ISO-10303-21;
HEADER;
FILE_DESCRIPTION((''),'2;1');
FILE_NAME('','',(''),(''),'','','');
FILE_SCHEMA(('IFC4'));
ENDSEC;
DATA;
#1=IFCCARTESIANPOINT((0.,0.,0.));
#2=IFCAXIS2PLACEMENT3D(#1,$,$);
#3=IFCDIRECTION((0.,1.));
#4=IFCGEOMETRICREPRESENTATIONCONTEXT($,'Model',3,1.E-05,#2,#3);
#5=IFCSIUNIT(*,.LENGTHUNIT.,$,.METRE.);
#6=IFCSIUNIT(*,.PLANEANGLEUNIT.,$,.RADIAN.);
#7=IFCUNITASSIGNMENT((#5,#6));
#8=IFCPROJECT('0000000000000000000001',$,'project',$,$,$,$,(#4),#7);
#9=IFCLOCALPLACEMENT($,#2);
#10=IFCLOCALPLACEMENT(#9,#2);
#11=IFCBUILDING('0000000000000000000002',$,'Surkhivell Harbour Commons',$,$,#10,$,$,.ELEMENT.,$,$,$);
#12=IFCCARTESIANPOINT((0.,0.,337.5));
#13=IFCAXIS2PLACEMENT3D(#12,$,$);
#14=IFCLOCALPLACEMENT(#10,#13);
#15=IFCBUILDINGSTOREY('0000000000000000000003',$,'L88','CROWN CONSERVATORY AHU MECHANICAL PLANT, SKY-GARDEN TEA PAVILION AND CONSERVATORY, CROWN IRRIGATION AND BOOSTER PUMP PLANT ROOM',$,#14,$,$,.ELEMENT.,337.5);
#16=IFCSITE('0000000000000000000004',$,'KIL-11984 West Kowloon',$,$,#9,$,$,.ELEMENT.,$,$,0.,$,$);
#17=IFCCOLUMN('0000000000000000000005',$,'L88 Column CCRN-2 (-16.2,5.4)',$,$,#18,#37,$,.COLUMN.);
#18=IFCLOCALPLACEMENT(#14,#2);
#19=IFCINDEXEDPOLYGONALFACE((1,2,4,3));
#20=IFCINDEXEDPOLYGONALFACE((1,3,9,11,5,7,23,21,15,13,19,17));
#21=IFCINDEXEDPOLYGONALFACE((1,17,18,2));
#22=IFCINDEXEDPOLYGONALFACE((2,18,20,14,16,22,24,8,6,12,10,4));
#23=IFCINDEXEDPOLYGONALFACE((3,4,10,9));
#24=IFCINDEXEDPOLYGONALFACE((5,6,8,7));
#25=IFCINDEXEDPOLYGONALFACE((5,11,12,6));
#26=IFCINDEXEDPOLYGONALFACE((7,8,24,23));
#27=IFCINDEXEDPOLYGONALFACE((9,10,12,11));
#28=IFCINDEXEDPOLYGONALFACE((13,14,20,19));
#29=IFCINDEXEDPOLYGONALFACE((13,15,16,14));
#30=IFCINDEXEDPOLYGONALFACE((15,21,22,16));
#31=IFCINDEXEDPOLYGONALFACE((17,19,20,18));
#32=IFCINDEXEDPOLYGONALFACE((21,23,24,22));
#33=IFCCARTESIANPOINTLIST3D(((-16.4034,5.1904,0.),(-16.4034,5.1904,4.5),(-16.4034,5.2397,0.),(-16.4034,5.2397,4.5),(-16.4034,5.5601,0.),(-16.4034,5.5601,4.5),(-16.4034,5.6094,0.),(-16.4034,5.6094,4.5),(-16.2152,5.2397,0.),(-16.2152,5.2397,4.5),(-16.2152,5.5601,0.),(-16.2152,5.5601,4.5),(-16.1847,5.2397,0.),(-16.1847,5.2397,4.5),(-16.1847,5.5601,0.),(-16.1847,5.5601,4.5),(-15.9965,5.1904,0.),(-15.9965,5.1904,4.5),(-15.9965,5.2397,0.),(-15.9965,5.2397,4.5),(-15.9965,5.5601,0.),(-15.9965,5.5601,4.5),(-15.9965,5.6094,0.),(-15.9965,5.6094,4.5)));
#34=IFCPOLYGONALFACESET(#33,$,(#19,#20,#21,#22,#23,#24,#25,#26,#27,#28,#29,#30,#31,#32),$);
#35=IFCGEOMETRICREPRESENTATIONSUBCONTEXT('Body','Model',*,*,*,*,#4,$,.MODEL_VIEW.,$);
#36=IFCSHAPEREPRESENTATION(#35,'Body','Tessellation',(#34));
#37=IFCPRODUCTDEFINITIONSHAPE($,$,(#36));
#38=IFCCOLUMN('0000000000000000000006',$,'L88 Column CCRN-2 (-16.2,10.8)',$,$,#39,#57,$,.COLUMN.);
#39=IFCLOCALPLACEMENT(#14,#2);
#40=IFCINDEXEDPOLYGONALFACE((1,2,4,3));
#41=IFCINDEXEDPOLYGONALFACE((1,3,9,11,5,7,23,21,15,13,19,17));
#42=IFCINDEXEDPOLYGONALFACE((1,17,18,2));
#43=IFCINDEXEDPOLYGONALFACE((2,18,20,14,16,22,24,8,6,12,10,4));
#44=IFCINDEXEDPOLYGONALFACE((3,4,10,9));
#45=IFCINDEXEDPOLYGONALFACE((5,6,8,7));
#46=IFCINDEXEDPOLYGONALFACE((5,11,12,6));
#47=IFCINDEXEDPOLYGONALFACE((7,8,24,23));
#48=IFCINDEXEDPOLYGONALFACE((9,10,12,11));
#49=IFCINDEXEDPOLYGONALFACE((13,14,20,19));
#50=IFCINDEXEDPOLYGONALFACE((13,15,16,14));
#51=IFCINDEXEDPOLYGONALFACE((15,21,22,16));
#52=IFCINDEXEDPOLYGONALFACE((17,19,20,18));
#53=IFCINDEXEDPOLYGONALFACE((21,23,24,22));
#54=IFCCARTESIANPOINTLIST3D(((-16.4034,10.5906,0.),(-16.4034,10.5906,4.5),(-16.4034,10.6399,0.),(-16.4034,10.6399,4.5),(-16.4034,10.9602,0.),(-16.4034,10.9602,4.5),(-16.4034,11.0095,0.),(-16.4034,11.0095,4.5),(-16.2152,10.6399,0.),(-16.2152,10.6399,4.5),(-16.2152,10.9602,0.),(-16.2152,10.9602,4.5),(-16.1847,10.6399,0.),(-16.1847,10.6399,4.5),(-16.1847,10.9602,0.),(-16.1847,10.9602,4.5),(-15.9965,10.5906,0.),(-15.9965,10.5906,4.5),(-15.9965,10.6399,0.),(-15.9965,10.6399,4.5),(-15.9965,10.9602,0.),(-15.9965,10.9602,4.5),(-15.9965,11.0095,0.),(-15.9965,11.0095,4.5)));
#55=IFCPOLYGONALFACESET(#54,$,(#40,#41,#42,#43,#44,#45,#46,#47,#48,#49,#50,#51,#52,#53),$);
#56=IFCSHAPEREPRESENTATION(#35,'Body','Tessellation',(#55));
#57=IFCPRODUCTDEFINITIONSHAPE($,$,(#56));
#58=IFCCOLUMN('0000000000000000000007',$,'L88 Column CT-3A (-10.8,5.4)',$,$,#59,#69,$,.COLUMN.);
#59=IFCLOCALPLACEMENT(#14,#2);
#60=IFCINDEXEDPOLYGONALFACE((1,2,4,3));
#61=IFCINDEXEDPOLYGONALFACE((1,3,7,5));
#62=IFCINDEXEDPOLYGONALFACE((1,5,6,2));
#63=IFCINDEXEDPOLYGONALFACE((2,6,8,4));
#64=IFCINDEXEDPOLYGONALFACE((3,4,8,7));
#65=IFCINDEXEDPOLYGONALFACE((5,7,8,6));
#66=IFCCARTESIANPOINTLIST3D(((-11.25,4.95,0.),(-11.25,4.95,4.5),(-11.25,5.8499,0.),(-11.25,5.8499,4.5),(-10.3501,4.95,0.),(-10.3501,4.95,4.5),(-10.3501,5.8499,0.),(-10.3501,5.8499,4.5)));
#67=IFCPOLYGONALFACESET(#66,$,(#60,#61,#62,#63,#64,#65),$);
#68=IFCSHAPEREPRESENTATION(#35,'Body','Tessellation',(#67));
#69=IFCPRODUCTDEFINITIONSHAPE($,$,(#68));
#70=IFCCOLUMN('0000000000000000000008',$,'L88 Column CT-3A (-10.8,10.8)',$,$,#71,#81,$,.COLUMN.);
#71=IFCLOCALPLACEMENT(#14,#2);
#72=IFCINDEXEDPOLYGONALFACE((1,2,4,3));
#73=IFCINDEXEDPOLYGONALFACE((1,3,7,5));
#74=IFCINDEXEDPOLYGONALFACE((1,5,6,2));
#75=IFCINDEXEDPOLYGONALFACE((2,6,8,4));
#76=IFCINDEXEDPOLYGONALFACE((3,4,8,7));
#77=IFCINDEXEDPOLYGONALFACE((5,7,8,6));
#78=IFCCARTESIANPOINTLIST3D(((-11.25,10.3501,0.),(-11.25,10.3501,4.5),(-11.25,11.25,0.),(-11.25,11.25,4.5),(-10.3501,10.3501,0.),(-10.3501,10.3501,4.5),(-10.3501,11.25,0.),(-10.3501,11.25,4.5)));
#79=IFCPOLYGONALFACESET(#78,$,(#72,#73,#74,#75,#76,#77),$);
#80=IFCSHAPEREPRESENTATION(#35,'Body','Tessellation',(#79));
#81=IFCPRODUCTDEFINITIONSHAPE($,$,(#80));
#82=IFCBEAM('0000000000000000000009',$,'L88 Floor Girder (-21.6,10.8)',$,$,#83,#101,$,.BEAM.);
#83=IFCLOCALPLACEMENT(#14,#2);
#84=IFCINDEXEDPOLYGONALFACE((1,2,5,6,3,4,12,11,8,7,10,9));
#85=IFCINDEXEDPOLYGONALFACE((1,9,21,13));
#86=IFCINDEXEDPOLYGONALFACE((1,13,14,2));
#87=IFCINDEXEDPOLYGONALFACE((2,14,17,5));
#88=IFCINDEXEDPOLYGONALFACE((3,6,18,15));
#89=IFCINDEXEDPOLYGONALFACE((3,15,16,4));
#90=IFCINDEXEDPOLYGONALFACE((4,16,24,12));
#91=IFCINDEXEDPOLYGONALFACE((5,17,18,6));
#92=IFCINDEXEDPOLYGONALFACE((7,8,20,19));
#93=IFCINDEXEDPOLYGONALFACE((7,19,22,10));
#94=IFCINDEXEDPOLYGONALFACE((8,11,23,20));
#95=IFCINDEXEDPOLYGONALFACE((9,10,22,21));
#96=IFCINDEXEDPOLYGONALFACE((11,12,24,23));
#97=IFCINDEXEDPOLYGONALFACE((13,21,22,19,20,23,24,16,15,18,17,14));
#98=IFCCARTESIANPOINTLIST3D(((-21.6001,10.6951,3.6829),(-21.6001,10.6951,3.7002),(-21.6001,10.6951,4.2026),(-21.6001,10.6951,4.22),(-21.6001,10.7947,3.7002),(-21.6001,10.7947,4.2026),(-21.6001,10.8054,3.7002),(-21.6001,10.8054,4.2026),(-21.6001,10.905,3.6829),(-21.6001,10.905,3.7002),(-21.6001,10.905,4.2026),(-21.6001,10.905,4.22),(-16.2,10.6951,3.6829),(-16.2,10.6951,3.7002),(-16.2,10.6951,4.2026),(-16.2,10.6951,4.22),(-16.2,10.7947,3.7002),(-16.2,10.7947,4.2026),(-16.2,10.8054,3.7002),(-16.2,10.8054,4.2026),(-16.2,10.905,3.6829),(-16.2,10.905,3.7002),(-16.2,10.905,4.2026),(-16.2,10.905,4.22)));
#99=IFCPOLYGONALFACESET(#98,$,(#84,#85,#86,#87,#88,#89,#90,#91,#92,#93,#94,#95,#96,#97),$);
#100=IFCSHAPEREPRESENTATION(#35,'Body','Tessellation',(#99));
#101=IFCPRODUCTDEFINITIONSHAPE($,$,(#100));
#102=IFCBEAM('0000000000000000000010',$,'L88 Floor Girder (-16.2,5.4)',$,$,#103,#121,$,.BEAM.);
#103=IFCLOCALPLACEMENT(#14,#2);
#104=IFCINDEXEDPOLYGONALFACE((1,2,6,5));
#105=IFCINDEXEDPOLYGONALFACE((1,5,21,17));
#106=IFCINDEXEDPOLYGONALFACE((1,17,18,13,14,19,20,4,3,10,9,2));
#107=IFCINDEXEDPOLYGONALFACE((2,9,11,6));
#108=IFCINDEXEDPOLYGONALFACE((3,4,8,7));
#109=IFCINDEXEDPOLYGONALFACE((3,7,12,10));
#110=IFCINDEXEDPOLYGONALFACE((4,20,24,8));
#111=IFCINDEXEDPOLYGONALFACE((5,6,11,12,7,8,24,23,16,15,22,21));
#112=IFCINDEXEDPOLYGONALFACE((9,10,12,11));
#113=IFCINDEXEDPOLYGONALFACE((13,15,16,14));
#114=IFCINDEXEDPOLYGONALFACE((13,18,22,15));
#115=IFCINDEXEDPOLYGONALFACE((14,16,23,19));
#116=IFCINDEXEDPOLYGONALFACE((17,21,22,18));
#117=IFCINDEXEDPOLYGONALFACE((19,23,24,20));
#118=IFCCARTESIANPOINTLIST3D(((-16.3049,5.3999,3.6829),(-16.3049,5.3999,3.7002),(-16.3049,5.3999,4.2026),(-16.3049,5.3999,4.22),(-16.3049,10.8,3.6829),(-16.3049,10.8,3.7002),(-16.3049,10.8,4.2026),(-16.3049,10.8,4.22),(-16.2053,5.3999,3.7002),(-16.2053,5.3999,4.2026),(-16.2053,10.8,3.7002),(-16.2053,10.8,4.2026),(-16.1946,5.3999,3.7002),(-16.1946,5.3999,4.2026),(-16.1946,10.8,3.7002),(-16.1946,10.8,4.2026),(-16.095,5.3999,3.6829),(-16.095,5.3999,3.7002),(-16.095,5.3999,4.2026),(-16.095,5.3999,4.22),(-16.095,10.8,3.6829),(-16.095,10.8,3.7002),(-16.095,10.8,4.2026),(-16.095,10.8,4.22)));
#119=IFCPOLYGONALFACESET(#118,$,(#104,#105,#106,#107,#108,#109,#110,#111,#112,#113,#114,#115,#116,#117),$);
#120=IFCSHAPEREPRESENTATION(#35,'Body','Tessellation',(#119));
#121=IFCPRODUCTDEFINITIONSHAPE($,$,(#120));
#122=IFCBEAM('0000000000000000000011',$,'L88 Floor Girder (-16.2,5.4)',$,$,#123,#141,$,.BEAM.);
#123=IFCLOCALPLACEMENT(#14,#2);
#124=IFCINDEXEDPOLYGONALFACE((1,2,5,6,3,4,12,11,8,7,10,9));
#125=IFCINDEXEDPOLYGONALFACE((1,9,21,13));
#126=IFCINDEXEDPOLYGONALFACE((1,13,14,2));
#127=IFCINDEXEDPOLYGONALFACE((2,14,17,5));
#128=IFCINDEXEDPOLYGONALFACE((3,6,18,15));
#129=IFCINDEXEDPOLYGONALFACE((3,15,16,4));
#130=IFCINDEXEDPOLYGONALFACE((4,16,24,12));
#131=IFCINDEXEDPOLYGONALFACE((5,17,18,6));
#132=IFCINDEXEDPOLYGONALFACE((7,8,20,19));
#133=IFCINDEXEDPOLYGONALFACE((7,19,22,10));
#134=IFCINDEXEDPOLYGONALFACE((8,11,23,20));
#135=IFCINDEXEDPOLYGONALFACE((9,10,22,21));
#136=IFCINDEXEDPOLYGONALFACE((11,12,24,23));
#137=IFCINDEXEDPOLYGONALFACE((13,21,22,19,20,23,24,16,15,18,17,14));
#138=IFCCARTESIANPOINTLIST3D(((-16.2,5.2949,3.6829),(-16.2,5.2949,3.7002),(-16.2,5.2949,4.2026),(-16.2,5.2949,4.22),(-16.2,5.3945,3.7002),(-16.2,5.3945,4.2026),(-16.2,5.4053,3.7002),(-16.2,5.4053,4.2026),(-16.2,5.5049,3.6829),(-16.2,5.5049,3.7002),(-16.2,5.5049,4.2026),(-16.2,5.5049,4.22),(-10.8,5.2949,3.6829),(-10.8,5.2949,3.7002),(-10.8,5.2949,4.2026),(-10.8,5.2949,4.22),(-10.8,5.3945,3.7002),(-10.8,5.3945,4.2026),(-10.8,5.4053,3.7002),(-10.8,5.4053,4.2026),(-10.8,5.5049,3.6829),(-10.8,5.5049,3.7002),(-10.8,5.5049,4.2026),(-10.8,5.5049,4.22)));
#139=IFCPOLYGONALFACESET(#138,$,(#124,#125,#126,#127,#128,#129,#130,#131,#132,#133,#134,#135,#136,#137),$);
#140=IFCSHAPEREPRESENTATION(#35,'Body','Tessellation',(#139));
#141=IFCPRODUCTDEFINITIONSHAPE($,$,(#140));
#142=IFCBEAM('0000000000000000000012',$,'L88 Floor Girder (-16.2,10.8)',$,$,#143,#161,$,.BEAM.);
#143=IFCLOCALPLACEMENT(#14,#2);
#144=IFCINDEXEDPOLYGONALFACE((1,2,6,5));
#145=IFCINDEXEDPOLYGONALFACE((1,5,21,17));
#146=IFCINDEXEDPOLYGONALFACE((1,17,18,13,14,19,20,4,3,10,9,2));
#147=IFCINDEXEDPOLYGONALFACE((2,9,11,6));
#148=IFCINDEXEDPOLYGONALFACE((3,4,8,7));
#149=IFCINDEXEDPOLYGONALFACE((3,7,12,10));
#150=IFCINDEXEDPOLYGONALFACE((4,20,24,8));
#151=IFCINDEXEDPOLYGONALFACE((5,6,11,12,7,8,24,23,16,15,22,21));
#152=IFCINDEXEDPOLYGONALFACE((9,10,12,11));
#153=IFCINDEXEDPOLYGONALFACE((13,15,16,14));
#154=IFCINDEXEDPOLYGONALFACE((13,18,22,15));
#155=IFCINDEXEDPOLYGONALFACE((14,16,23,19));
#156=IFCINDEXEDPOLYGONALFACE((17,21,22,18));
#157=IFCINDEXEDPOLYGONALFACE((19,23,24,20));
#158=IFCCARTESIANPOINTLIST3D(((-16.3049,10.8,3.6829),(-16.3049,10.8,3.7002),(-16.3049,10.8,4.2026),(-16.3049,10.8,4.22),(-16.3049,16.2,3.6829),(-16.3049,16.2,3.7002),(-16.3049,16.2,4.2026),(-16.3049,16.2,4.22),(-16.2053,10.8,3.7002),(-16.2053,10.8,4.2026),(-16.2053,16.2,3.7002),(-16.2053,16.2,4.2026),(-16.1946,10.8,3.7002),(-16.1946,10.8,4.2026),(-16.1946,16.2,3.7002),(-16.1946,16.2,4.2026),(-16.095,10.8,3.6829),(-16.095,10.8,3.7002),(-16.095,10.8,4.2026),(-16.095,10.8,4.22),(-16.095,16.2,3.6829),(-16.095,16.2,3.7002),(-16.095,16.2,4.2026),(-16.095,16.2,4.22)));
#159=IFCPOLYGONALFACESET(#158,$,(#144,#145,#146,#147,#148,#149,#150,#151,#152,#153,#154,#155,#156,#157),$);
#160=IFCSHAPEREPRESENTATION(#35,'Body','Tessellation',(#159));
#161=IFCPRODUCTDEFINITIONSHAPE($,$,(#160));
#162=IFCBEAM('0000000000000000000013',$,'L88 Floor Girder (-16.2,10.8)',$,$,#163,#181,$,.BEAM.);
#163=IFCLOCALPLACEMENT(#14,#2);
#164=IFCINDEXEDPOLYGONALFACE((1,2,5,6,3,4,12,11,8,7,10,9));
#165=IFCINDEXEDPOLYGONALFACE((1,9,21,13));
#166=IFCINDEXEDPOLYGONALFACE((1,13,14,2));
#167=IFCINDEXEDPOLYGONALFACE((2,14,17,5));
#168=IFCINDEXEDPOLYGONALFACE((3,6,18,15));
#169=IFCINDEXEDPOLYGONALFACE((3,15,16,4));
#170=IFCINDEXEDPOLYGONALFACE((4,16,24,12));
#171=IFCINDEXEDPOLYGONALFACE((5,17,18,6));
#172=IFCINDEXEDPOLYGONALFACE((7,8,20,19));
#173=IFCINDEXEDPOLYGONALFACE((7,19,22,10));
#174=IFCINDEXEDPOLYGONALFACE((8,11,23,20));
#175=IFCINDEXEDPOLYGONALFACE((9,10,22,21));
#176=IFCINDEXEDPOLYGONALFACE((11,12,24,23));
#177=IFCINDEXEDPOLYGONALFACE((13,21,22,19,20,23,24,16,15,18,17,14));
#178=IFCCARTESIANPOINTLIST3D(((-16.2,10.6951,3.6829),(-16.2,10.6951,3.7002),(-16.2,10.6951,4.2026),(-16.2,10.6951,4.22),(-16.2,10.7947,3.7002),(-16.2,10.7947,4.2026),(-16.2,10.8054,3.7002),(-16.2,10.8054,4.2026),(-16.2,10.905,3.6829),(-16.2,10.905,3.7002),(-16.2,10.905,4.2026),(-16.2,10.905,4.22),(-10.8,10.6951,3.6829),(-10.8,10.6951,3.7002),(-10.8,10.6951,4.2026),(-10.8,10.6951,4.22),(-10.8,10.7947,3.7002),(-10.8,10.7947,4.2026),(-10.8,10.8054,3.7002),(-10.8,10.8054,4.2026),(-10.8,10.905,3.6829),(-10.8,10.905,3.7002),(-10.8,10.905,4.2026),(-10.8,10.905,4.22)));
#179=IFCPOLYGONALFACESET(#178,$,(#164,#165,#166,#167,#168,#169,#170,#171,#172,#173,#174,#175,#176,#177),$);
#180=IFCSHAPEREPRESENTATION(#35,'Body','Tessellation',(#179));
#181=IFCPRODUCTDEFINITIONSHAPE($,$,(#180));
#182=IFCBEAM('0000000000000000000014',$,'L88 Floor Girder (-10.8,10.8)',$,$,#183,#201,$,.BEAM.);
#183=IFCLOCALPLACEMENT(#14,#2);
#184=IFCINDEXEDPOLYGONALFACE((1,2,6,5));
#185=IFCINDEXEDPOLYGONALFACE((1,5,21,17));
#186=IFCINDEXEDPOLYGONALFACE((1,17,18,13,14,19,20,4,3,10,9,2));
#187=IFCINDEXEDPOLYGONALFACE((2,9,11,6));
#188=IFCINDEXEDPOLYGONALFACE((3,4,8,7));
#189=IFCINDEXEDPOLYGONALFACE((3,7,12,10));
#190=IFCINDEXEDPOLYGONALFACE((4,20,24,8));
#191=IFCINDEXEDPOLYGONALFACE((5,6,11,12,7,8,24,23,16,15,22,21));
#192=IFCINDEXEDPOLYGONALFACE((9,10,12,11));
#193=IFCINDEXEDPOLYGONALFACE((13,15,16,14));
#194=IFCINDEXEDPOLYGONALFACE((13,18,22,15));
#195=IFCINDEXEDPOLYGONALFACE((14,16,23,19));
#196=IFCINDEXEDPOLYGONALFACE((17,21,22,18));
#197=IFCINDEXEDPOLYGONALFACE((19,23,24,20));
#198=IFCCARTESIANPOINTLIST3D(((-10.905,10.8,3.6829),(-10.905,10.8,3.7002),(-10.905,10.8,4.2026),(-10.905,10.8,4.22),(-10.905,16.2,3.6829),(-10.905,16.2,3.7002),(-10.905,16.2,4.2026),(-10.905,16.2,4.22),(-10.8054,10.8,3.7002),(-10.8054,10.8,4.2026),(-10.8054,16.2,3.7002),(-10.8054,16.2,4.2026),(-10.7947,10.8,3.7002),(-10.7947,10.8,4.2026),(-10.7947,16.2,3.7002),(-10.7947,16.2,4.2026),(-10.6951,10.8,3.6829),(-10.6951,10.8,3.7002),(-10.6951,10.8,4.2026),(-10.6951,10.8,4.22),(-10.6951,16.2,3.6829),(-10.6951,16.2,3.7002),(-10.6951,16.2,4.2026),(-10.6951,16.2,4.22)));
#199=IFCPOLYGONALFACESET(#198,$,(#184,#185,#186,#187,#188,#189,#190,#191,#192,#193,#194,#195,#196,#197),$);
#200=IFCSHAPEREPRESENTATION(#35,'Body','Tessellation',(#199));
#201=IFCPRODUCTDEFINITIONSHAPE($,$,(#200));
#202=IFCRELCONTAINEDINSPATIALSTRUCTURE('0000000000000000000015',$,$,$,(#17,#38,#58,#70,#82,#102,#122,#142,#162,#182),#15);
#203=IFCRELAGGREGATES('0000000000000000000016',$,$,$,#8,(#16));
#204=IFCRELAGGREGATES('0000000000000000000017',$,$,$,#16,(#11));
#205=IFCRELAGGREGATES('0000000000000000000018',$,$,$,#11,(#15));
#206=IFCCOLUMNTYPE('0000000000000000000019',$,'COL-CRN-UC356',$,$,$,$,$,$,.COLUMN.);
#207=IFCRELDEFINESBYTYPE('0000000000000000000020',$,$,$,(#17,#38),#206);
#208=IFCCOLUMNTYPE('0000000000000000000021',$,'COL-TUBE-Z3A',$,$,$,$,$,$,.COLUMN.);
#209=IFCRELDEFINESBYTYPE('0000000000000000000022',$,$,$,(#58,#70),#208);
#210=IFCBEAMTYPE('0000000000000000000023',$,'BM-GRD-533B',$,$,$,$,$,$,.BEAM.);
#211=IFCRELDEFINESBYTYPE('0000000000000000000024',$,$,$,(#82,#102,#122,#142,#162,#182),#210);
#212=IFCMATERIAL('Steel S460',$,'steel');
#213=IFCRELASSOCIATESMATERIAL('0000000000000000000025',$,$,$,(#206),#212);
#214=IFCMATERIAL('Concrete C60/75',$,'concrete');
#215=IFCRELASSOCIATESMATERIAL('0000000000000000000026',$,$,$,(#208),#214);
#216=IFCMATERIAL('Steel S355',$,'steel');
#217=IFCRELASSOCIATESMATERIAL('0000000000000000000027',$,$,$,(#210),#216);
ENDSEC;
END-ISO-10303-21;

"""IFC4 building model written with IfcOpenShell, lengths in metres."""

from ifc_helpers import new_model, si_unit, direction, frame, origin, origin_2d, place, context, subcontext, project, spatial, rectangle, i_section, extrude, material, material_profile, profile_set, type_object, element, save


model = new_model("IFC4")

# Units and contexts
model_context = context("Model", 3, precision=1e-05, world=origin(), true_north=direction((0.0, 1.0)))
body_context = subcontext(model_context, "Body", "Model", "MODEL_VIEW")
ifc_project = project(units=[si_unit("LENGTHUNIT", "METRE"), si_unit("PLANEANGLEUNIT", "RADIAN")], contexts=[model_context])

# Site, building, storey
site_placement = place(None, origin())
site = spatial("IfcSite", under=ifc_project, at=site_placement, Name="KIL-11984 West Kowloon", CompositionType="ELEMENT", RefElevation=0.0)
building_placement = place(site_placement, origin())
building = spatial("IfcBuilding", under=site, at=building_placement, Name="Surkhivell Harbour Commons", CompositionType="ELEMENT")
storey_placement = place(building_placement, frame((0.0, 0.0, 337.5)))
storey = spatial("IfcBuildingStorey", under=building, at=storey_placement, Name="L88", Description="CROWN CONSERVATORY AHU MECHANICAL PLANT, SKY-GARDEN TEA PAVILION AND CONSERVATORY, CROWN IRRIGATION AND BOOSTER PUMP PLANT ROOM", CompositionType="ELEMENT", Elevation=337.5)

# Columns
ifc_material_1 = material(Name="Steel S460", Category="steel")
ifc_material_profile_1 = material_profile(ifc_material_1, i_section(OverallWidth=0.407, OverallDepth=0.4189, WebThickness=0.0305, FlangeThickness=0.0493, at=origin_2d()), Name="UC356x406x393")
ifc_profile_set_1 = profile_set([ifc_material_profile_1], Name="Steel S460")
column_type_1 = type_object("IfcColumnType", Name="COL-CRN-UC356", PredefinedType="COLUMN", material=ifc_profile_set_1)
for number, where, z_axis, x_axis, name in (
    (1, (-16.2, 5.3999, 0.0), (0.0, 0.0, 1.0), (1.0, 0.0, 0.0), "L88 Column CCRN-2 (-16.2,5.4)"),
    (2, (-16.2, 10.8, 0.0), (0.0, 0.0, 1.0), (1.0, 0.0, 0.0), "L88 Column CCRN-2 (-16.2,10.8)"),
):
    element("IfcColumn", number, at=place(storey_placement, frame(where, z_axis=z_axis, x_axis=x_axis)), inside=storey, type_object=column_type_1, Name=name, PredefinedType="COLUMN", context=body_context, shape_type="SweptSolid", body=[
        extrude(i_section(OverallWidth=0.407, OverallDepth=0.4189, WebThickness=0.0305, FlangeThickness=0.0493, at=origin_2d()), origin(), (0.0, 0.0, 1.0), 4.5),
    ])
ifc_material_2 = material(Name="Concrete C60/75", Category="concrete")
ifc_material_profile_2 = material_profile(ifc_material_2, rectangle(XDim=0.8999, YDim=0.8999, at=origin_2d()), Name="RC-COL-900x900")
ifc_profile_set_2 = profile_set([ifc_material_profile_2], Name="Concrete C60/75")
column_type_2 = type_object("IfcColumnType", Name="COL-TUBE-Z3A", PredefinedType="COLUMN", material=ifc_profile_set_2)
for number, where, z_axis, x_axis, name in (
    (3, (-10.8, 5.3999, 0.0), (0.0, 0.0, 1.0), (1.0, 0.0, 0.0), "L88 Column CT-3A (-10.8,5.4)"),
    (4, (-10.8, 10.8, 0.0), (0.0, 0.0, 1.0), (1.0, 0.0, 0.0), "L88 Column CT-3A (-10.8,10.8)"),
):
    element("IfcColumn", number, at=place(storey_placement, frame(where, z_axis=z_axis, x_axis=x_axis)), inside=storey, type_object=column_type_2, Name=name, PredefinedType="COLUMN", context=body_context, shape_type="SweptSolid", body=[
        extrude(rectangle(XDim=0.8999, YDim=0.8999, at=origin_2d()), origin(), (0.0, 0.0, 1.0), 4.5),
    ])

# Beams
ifc_material_3 = material(Name="Steel S355", Category="steel")
ifc_material_profile_3 = material_profile(ifc_material_3, i_section(OverallWidth=0.21, OverallDepth=0.5371, WebThickness=0.0107, FlangeThickness=0.0173, at=origin_2d()), Name="UB533x210x101")
ifc_profile_set_3 = profile_set([ifc_material_profile_3], Name="Steel S355")
beam_type_1 = type_object("IfcBeamType", Name="BM-GRD-533B", PredefinedType="BEAM", material=ifc_profile_set_3)
for number, where, z_axis, x_axis, name in (
    (5, (-21.6001, 10.8, 3.9514), (1.0, 0.0, 0.0), (0.0, 1.0, 0.0), "L88 Floor Girder (-21.6,10.8)"),
    (6, (-16.2, 5.3999, 3.9514), (0.0, 1.0, 0.0), (-1.0, 0.0, 0.0), "L88 Floor Girder (-16.2,5.4)"),
):
    element("IfcBeam", number, at=place(storey_placement, frame(where, z_axis=z_axis, x_axis=x_axis)), inside=storey, type_object=beam_type_1, Name=name, PredefinedType="BEAM", context=body_context, shape_type="SweptSolid", body=[
        extrude(i_section(OverallWidth=0.21, OverallDepth=0.5371, WebThickness=0.0107, FlangeThickness=0.0173, at=origin_2d()), origin(), (0.0, 0.0, 1.0), 5.4001),
    ])
for number, where, z_axis, x_axis, name in (
    (7, (-16.2, 5.3999, 3.9514), (1.0, 0.0, 0.0), (0.0, 1.0, 0.0), "L88 Floor Girder (-16.2,5.4)"),
    (8, (-16.2, 10.8, 3.9514), (0.0, 1.0, 0.0), (-1.0, 0.0, 0.0), "L88 Floor Girder (-16.2,10.8)"),
    (9, (-16.2, 10.8, 3.9514), (1.0, 0.0, 0.0), (0.0, 1.0, 0.0), "L88 Floor Girder (-16.2,10.8)"),
    (10, (-10.8, 10.8, 3.9514), (0.0, 1.0, 0.0), (-1.0, 0.0, 0.0), "L88 Floor Girder (-10.8,10.8)"),
):
    element("IfcBeam", number, at=place(storey_placement, frame(where, z_axis=z_axis, x_axis=x_axis)), inside=storey, type_object=beam_type_1, Name=name, PredefinedType="BEAM", context=body_context, shape_type="SweptSolid", body=[
        extrude(i_section(OverallWidth=0.21, OverallDepth=0.5371, WebThickness=0.0107, FlangeThickness=0.0173, at=origin_2d()), origin(), (0.0, 0.0, 1.0), 5.3999),
    ])

save(model, "model.ifc")
